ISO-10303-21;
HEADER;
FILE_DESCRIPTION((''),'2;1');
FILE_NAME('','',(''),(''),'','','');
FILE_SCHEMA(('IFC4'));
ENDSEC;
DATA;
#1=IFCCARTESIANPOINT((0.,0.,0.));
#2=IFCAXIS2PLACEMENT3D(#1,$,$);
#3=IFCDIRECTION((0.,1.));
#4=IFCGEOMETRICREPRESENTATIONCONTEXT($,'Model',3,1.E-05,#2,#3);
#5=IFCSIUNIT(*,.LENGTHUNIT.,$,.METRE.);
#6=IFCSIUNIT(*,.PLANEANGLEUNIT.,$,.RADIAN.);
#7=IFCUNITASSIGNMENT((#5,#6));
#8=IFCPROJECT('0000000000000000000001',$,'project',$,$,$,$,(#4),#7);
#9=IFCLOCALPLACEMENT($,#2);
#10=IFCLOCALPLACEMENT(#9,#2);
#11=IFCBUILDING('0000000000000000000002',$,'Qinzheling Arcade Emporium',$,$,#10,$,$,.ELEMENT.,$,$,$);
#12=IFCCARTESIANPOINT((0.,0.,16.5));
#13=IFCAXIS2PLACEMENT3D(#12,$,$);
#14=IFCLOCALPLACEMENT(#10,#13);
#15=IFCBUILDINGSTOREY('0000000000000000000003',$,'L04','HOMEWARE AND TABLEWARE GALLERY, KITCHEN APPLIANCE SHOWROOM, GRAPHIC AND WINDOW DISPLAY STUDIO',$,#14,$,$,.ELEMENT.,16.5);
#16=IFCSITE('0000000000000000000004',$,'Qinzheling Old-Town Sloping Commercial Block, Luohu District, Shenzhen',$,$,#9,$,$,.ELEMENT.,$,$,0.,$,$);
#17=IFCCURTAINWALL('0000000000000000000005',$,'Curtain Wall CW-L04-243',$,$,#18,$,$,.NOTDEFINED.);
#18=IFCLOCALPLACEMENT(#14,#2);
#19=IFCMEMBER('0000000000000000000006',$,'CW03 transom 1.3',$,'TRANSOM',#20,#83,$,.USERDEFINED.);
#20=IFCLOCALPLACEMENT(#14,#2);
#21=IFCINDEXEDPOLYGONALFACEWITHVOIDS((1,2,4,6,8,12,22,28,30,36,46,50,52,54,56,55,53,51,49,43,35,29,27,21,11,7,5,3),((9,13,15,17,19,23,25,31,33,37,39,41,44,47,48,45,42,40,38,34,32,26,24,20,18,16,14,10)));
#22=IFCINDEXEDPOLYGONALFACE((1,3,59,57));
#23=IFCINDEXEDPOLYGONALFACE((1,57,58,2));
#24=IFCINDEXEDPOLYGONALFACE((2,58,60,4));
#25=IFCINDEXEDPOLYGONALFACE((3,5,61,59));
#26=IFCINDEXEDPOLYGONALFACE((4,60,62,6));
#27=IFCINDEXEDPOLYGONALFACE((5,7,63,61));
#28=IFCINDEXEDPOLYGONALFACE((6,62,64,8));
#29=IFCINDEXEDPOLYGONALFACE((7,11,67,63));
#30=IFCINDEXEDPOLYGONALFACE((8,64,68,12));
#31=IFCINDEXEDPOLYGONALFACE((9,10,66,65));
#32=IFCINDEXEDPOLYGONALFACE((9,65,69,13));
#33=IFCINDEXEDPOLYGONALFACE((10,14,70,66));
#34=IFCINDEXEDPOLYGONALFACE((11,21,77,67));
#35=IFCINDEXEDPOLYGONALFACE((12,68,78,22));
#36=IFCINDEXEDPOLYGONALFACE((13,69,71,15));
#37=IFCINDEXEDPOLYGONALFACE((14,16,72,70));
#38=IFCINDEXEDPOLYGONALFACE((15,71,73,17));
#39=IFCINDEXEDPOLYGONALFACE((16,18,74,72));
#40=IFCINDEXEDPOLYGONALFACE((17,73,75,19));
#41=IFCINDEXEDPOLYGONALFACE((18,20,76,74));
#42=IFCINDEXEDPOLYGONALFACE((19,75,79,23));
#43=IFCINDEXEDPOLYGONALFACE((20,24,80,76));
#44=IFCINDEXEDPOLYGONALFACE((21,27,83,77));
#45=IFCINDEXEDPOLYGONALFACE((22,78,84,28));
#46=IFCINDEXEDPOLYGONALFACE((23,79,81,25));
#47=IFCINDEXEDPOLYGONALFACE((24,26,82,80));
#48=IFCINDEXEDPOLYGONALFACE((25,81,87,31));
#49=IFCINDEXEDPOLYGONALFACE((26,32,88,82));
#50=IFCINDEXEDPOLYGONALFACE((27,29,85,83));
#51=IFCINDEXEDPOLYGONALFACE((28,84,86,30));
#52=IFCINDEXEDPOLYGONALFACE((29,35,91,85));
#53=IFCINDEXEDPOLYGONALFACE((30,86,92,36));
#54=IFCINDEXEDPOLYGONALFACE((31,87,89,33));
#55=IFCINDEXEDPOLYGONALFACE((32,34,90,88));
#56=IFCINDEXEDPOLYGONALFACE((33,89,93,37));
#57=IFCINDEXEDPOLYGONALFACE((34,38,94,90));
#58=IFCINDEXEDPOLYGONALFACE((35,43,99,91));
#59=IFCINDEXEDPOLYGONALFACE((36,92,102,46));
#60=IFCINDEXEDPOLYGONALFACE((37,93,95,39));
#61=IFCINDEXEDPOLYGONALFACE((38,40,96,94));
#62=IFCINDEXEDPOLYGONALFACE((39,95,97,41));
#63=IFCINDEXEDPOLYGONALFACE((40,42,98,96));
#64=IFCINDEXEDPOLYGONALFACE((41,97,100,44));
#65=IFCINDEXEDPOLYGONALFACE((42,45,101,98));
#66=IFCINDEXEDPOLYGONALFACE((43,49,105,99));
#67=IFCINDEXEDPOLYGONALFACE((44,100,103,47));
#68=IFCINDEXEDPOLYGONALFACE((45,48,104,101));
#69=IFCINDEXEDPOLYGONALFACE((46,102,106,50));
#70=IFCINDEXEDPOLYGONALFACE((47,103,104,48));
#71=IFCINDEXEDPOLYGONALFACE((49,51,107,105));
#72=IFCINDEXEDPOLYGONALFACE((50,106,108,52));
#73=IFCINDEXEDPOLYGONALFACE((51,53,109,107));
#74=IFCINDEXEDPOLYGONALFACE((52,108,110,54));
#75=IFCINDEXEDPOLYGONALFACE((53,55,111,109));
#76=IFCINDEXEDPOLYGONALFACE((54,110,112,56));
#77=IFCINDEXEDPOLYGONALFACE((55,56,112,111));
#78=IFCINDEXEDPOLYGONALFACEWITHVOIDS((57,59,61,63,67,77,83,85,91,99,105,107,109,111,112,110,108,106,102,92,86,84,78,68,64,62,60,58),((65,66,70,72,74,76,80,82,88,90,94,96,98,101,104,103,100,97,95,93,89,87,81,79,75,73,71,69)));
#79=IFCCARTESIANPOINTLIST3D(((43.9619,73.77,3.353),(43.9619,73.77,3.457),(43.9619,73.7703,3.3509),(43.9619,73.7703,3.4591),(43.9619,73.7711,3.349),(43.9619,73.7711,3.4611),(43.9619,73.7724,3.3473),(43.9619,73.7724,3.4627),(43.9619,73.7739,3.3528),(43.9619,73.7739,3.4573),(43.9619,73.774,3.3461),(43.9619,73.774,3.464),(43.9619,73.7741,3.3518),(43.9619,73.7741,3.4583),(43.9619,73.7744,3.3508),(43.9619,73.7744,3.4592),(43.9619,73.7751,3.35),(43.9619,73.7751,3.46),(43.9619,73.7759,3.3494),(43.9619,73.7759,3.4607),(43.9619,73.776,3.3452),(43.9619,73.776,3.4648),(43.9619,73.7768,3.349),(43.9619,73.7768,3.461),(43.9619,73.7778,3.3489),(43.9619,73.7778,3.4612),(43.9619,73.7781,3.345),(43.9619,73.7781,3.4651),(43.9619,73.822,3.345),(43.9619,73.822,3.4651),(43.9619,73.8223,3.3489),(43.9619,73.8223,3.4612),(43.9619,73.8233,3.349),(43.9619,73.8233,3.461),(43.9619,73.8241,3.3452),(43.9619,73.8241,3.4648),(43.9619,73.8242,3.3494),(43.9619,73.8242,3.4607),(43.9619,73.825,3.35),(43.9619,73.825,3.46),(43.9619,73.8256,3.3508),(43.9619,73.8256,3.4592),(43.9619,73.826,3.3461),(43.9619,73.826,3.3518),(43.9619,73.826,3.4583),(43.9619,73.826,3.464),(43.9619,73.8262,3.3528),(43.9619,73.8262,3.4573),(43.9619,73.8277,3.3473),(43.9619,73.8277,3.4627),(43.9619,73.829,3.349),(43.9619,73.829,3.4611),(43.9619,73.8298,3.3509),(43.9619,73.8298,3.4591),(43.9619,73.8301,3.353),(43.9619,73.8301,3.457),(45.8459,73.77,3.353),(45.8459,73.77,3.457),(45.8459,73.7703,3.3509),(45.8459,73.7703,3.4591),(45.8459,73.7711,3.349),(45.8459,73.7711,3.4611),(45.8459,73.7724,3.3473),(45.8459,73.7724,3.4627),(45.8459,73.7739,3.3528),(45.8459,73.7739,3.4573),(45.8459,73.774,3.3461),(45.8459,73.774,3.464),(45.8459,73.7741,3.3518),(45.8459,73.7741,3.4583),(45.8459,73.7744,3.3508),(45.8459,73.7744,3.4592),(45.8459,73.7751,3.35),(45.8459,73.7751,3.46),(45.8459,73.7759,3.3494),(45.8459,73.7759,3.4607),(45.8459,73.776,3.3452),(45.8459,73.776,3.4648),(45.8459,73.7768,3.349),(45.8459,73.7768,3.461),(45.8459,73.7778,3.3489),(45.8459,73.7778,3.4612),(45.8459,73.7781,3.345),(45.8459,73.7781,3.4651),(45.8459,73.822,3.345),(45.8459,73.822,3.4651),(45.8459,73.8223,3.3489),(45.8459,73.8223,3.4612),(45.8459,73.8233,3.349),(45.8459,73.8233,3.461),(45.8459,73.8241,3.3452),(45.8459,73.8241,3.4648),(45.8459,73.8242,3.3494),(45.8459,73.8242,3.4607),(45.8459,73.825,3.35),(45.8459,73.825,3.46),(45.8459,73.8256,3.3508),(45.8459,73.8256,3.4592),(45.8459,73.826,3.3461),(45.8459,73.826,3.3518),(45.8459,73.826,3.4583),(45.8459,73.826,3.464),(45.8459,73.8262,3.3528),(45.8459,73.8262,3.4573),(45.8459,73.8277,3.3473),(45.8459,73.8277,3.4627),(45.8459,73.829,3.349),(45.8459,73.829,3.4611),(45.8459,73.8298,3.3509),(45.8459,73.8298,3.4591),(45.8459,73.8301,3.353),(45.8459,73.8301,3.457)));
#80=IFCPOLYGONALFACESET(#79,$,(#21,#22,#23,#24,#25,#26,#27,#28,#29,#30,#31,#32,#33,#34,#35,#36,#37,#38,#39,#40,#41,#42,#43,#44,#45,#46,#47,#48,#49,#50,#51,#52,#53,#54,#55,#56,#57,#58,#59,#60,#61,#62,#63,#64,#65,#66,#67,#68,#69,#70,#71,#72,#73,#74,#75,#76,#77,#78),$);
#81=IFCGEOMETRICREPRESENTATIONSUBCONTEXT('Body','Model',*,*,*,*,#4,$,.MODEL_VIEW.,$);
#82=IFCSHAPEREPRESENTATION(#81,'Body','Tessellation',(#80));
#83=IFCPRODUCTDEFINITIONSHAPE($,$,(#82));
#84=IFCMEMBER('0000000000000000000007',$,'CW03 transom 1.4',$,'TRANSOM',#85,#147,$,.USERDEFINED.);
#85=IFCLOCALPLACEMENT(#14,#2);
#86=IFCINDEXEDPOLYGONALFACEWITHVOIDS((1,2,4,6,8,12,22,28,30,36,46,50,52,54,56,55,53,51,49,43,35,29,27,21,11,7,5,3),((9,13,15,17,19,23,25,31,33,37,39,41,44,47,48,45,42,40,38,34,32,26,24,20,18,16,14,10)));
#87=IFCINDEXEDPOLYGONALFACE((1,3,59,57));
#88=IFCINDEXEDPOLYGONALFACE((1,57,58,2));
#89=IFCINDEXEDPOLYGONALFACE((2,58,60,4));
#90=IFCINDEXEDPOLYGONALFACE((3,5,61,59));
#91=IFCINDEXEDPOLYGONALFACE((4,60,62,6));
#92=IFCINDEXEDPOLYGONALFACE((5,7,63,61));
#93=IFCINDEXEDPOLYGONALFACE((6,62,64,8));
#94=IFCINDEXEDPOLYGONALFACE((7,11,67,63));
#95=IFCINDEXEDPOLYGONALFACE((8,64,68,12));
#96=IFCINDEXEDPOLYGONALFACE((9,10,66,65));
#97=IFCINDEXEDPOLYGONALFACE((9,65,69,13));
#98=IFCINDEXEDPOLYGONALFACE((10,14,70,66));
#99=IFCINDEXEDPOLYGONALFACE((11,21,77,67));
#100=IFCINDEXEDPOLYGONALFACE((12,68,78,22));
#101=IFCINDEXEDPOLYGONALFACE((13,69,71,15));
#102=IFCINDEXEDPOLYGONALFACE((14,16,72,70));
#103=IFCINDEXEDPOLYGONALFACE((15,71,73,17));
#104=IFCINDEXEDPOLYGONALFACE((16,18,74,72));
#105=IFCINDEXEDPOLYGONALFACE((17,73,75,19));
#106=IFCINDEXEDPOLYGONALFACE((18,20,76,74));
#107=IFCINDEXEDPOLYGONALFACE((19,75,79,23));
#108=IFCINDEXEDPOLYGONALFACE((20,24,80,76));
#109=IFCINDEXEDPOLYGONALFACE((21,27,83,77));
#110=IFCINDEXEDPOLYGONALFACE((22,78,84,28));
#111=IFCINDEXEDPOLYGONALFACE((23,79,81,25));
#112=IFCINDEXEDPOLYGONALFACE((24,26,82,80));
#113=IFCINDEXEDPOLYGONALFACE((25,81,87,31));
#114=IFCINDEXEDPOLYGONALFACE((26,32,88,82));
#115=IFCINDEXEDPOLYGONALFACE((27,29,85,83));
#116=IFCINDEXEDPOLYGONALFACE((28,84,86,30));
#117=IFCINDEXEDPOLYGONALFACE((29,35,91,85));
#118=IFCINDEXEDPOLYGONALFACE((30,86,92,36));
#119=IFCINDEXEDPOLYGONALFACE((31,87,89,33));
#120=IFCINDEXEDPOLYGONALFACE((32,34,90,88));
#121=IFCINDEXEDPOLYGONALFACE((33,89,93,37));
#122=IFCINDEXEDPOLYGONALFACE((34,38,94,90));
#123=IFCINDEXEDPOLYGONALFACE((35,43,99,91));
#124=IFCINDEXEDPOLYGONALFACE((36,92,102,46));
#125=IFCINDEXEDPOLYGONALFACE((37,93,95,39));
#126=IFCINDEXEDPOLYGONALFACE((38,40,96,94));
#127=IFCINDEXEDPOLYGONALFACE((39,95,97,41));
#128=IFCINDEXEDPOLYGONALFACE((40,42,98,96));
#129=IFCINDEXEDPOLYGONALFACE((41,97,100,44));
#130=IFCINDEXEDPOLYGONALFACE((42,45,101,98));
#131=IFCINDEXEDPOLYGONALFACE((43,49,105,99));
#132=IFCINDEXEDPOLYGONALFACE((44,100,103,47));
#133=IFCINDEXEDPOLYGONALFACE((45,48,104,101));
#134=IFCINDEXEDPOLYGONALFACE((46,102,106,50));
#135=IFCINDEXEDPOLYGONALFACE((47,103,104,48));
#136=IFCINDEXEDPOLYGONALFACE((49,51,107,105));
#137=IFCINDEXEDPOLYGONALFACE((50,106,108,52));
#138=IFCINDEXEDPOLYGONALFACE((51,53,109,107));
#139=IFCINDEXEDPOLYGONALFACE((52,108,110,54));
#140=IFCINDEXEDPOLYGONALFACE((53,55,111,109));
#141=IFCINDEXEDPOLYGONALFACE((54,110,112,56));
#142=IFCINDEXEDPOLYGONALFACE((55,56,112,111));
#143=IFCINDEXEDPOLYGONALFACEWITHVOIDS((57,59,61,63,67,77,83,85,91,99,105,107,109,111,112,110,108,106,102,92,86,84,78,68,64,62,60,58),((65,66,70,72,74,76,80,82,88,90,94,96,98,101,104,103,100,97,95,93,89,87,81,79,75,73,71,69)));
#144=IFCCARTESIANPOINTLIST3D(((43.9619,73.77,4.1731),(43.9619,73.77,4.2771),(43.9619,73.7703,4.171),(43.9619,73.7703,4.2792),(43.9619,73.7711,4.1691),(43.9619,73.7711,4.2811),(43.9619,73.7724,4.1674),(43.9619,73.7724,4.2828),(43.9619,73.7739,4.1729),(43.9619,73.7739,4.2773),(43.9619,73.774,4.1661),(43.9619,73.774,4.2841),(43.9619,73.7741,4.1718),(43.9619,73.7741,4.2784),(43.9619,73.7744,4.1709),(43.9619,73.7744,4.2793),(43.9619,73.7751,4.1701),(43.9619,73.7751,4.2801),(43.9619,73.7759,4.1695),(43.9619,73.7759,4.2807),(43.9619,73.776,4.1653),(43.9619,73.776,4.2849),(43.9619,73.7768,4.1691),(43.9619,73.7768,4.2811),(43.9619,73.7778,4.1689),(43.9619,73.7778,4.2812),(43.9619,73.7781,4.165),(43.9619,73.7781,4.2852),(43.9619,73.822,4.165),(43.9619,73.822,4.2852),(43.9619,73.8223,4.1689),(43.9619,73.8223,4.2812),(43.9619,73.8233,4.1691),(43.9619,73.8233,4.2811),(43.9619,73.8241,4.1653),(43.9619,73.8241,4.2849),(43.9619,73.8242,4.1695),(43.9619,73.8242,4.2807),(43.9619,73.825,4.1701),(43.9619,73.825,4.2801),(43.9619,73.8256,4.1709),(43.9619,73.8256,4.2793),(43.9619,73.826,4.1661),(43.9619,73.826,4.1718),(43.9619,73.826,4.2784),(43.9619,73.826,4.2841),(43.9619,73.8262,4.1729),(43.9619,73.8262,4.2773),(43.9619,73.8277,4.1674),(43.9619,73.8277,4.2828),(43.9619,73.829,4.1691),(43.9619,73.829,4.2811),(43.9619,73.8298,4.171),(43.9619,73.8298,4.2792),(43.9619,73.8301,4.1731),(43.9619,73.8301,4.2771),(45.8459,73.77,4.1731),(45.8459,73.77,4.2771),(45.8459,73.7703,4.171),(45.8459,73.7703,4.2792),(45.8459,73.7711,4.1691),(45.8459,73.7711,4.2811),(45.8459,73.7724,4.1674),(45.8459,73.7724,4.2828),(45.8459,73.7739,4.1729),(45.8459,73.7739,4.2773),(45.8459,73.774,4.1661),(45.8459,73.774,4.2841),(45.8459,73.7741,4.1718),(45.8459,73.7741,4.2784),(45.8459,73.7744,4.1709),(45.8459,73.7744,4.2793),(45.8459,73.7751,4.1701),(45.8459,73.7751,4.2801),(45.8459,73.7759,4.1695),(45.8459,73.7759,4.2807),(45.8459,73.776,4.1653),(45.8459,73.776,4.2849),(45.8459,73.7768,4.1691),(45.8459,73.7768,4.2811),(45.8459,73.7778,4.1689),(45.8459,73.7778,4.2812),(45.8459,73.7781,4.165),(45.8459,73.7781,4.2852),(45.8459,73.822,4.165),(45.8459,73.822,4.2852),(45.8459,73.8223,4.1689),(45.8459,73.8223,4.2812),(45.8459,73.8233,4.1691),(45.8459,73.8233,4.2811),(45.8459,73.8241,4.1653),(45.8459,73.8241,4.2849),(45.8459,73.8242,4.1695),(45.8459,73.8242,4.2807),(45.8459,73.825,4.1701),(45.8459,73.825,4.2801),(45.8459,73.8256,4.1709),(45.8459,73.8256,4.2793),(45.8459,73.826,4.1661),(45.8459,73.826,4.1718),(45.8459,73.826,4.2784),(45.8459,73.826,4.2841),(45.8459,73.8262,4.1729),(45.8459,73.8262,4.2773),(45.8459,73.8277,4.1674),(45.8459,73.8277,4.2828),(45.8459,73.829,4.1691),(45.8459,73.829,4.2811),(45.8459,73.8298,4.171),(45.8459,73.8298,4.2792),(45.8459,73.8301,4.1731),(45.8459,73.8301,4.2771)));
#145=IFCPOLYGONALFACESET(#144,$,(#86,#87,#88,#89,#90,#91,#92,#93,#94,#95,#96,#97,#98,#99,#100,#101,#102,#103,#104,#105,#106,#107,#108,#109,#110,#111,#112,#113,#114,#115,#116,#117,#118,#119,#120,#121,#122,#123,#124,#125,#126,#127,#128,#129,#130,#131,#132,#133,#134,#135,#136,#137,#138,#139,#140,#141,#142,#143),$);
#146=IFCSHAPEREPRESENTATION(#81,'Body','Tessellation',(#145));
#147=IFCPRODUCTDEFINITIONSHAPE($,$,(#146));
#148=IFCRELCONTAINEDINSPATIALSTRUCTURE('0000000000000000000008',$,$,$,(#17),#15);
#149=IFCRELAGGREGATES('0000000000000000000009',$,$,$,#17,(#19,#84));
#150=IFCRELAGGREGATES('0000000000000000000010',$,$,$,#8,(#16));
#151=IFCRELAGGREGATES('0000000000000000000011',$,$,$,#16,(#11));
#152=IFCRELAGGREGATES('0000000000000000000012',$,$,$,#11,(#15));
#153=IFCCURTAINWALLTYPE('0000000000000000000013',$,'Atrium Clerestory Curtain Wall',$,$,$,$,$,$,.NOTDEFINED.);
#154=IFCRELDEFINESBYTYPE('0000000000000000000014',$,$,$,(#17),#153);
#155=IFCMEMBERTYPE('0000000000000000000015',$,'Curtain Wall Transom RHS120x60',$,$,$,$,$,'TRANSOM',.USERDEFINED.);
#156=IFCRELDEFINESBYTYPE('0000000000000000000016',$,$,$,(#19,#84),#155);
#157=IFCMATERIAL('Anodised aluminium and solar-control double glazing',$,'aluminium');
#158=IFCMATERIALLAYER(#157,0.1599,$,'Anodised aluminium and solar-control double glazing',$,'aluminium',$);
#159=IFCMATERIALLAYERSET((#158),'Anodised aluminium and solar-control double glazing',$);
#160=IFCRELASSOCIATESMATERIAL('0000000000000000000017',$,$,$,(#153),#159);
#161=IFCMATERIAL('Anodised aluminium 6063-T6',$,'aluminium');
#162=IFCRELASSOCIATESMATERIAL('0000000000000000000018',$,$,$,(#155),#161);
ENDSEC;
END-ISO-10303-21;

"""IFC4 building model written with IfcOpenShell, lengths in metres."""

from ifc_helpers import new_model, si_unit, direction, frame, origin, origin_2d, place, context, subcontext, project, spatial, hollow_rectangle, extrude, material, layer, layer_set, material_profile, profile_set, type_object, element, aggregate, save


model = new_model("IFC4")

# Units and contexts
model_context = context("Model", 3, precision=1e-05, world=origin(), true_north=direction((0.0, 1.0)))
body_context = subcontext(model_context, "Body", "Model", "MODEL_VIEW")
ifc_project = project(units=[si_unit("LENGTHUNIT", "METRE"), si_unit("PLANEANGLEUNIT", "RADIAN")], contexts=[model_context])

# Site, building, storey
site_placement = place(None, origin())
site = spatial("IfcSite", under=ifc_project, at=site_placement, Name="Qinzheling Old-Town Sloping Commercial Block, Luohu District, Shenzhen", CompositionType="ELEMENT", RefElevation=0.0)
building_placement = place(site_placement, origin())
building = spatial("IfcBuilding", under=site, at=building_placement, Name="Qinzheling Arcade Emporium", CompositionType="ELEMENT")
storey_placement = place(building_placement, frame((0.0, 0.0, 16.5)))
storey = spatial("IfcBuildingStorey", under=building, at=storey_placement, Name="L04", Description="HOMEWARE AND TABLEWARE GALLERY, KITCHEN APPLIANCE SHOWROOM, GRAPHIC AND WINDOW DISPLAY STUDIO", CompositionType="ELEMENT", Elevation=16.5)

# Curtain wall, members
ifc_material_1 = material(Name="Anodised aluminium and solar-control double glazing", Category="aluminium")
ifc_layer_1 = layer(ifc_material_1, 0.1599, Name="Anodised aluminium and solar-control double glazing", Category="aluminium")
ifc_layer_set_1 = layer_set([ifc_layer_1], Name="Anodised aluminium and solar-control double glazing")
curtain_wall_type = type_object("IfcCurtainWallType", Name="Atrium Clerestory Curtain Wall", PredefinedType="NOTDEFINED", material=ifc_layer_set_1)
curtain_wall_placement = place(storey_placement, origin())
curtain_wall = element("IfcCurtainWall", 1, at=curtain_wall_placement, inside=storey, type_object=curtain_wall_type, Name="Curtain Wall CW-L04-243", PredefinedType="NOTDEFINED")
ifc_material_2 = material(Name="Anodised aluminium 6063-T6", Category="aluminium")
ifc_material_profile_1 = material_profile(ifc_material_2, hollow_rectangle(XDim=0.0601, YDim=0.1201, WallThickness=0.0039, InnerFilletRadius=0.0039, OuterFilletRadius=0.0081, at=origin_2d()), Name="RHS 120x60x4", Category="aluminium")
ifc_profile_set_1 = profile_set([ifc_material_profile_1], Name="Anodised aluminium 6063-T6")
member_type_1 = type_object("IfcMemberType", Name="Curtain Wall Transom RHS120x60", ElementType="TRANSOM", PredefinedType="USERDEFINED", material=ifc_profile_set_1)
member_1_placement = place(storey_placement, frame((43.9619, 73.8, 3.405), z_axis=(1.0, 0.0, 0.0), x_axis=(0.0, 1.0, 0.0)))
member_1 = element("IfcMember", 2, at=member_1_placement, type_object=member_type_1, Name="CW03 transom 1.3", ObjectType="TRANSOM", PredefinedType="USERDEFINED", context=body_context, shape_type="SweptSolid", body=[
    extrude(hollow_rectangle(XDim=0.0601, YDim=0.1201, WallThickness=0.0039, InnerFilletRadius=0.0039, OuterFilletRadius=0.0081, at=origin_2d()), origin(), (0.0, 0.0, 1.0), 1.884),
])
member_2_placement = place(storey_placement, frame((43.9619, 73.8, 4.2251), z_axis=(1.0, 0.0, 0.0), x_axis=(0.0, 1.0, 0.0)))
member_2 = element("IfcMember", 3, at=member_2_placement, type_object=member_type_1, Name="CW03 transom 1.4", ObjectType="TRANSOM", PredefinedType="USERDEFINED", context=body_context, shape_type="SweptSolid", body=[
    extrude(hollow_rectangle(XDim=0.0601, YDim=0.1201, WallThickness=0.0039, InnerFilletRadius=0.0039, OuterFilletRadius=0.0081, at=origin_2d()), origin(), (0.0, 0.0, 1.0), 1.884),
])

aggregate(curtain_wall, [member_1, member_2])

save(model, "model.ifc")
